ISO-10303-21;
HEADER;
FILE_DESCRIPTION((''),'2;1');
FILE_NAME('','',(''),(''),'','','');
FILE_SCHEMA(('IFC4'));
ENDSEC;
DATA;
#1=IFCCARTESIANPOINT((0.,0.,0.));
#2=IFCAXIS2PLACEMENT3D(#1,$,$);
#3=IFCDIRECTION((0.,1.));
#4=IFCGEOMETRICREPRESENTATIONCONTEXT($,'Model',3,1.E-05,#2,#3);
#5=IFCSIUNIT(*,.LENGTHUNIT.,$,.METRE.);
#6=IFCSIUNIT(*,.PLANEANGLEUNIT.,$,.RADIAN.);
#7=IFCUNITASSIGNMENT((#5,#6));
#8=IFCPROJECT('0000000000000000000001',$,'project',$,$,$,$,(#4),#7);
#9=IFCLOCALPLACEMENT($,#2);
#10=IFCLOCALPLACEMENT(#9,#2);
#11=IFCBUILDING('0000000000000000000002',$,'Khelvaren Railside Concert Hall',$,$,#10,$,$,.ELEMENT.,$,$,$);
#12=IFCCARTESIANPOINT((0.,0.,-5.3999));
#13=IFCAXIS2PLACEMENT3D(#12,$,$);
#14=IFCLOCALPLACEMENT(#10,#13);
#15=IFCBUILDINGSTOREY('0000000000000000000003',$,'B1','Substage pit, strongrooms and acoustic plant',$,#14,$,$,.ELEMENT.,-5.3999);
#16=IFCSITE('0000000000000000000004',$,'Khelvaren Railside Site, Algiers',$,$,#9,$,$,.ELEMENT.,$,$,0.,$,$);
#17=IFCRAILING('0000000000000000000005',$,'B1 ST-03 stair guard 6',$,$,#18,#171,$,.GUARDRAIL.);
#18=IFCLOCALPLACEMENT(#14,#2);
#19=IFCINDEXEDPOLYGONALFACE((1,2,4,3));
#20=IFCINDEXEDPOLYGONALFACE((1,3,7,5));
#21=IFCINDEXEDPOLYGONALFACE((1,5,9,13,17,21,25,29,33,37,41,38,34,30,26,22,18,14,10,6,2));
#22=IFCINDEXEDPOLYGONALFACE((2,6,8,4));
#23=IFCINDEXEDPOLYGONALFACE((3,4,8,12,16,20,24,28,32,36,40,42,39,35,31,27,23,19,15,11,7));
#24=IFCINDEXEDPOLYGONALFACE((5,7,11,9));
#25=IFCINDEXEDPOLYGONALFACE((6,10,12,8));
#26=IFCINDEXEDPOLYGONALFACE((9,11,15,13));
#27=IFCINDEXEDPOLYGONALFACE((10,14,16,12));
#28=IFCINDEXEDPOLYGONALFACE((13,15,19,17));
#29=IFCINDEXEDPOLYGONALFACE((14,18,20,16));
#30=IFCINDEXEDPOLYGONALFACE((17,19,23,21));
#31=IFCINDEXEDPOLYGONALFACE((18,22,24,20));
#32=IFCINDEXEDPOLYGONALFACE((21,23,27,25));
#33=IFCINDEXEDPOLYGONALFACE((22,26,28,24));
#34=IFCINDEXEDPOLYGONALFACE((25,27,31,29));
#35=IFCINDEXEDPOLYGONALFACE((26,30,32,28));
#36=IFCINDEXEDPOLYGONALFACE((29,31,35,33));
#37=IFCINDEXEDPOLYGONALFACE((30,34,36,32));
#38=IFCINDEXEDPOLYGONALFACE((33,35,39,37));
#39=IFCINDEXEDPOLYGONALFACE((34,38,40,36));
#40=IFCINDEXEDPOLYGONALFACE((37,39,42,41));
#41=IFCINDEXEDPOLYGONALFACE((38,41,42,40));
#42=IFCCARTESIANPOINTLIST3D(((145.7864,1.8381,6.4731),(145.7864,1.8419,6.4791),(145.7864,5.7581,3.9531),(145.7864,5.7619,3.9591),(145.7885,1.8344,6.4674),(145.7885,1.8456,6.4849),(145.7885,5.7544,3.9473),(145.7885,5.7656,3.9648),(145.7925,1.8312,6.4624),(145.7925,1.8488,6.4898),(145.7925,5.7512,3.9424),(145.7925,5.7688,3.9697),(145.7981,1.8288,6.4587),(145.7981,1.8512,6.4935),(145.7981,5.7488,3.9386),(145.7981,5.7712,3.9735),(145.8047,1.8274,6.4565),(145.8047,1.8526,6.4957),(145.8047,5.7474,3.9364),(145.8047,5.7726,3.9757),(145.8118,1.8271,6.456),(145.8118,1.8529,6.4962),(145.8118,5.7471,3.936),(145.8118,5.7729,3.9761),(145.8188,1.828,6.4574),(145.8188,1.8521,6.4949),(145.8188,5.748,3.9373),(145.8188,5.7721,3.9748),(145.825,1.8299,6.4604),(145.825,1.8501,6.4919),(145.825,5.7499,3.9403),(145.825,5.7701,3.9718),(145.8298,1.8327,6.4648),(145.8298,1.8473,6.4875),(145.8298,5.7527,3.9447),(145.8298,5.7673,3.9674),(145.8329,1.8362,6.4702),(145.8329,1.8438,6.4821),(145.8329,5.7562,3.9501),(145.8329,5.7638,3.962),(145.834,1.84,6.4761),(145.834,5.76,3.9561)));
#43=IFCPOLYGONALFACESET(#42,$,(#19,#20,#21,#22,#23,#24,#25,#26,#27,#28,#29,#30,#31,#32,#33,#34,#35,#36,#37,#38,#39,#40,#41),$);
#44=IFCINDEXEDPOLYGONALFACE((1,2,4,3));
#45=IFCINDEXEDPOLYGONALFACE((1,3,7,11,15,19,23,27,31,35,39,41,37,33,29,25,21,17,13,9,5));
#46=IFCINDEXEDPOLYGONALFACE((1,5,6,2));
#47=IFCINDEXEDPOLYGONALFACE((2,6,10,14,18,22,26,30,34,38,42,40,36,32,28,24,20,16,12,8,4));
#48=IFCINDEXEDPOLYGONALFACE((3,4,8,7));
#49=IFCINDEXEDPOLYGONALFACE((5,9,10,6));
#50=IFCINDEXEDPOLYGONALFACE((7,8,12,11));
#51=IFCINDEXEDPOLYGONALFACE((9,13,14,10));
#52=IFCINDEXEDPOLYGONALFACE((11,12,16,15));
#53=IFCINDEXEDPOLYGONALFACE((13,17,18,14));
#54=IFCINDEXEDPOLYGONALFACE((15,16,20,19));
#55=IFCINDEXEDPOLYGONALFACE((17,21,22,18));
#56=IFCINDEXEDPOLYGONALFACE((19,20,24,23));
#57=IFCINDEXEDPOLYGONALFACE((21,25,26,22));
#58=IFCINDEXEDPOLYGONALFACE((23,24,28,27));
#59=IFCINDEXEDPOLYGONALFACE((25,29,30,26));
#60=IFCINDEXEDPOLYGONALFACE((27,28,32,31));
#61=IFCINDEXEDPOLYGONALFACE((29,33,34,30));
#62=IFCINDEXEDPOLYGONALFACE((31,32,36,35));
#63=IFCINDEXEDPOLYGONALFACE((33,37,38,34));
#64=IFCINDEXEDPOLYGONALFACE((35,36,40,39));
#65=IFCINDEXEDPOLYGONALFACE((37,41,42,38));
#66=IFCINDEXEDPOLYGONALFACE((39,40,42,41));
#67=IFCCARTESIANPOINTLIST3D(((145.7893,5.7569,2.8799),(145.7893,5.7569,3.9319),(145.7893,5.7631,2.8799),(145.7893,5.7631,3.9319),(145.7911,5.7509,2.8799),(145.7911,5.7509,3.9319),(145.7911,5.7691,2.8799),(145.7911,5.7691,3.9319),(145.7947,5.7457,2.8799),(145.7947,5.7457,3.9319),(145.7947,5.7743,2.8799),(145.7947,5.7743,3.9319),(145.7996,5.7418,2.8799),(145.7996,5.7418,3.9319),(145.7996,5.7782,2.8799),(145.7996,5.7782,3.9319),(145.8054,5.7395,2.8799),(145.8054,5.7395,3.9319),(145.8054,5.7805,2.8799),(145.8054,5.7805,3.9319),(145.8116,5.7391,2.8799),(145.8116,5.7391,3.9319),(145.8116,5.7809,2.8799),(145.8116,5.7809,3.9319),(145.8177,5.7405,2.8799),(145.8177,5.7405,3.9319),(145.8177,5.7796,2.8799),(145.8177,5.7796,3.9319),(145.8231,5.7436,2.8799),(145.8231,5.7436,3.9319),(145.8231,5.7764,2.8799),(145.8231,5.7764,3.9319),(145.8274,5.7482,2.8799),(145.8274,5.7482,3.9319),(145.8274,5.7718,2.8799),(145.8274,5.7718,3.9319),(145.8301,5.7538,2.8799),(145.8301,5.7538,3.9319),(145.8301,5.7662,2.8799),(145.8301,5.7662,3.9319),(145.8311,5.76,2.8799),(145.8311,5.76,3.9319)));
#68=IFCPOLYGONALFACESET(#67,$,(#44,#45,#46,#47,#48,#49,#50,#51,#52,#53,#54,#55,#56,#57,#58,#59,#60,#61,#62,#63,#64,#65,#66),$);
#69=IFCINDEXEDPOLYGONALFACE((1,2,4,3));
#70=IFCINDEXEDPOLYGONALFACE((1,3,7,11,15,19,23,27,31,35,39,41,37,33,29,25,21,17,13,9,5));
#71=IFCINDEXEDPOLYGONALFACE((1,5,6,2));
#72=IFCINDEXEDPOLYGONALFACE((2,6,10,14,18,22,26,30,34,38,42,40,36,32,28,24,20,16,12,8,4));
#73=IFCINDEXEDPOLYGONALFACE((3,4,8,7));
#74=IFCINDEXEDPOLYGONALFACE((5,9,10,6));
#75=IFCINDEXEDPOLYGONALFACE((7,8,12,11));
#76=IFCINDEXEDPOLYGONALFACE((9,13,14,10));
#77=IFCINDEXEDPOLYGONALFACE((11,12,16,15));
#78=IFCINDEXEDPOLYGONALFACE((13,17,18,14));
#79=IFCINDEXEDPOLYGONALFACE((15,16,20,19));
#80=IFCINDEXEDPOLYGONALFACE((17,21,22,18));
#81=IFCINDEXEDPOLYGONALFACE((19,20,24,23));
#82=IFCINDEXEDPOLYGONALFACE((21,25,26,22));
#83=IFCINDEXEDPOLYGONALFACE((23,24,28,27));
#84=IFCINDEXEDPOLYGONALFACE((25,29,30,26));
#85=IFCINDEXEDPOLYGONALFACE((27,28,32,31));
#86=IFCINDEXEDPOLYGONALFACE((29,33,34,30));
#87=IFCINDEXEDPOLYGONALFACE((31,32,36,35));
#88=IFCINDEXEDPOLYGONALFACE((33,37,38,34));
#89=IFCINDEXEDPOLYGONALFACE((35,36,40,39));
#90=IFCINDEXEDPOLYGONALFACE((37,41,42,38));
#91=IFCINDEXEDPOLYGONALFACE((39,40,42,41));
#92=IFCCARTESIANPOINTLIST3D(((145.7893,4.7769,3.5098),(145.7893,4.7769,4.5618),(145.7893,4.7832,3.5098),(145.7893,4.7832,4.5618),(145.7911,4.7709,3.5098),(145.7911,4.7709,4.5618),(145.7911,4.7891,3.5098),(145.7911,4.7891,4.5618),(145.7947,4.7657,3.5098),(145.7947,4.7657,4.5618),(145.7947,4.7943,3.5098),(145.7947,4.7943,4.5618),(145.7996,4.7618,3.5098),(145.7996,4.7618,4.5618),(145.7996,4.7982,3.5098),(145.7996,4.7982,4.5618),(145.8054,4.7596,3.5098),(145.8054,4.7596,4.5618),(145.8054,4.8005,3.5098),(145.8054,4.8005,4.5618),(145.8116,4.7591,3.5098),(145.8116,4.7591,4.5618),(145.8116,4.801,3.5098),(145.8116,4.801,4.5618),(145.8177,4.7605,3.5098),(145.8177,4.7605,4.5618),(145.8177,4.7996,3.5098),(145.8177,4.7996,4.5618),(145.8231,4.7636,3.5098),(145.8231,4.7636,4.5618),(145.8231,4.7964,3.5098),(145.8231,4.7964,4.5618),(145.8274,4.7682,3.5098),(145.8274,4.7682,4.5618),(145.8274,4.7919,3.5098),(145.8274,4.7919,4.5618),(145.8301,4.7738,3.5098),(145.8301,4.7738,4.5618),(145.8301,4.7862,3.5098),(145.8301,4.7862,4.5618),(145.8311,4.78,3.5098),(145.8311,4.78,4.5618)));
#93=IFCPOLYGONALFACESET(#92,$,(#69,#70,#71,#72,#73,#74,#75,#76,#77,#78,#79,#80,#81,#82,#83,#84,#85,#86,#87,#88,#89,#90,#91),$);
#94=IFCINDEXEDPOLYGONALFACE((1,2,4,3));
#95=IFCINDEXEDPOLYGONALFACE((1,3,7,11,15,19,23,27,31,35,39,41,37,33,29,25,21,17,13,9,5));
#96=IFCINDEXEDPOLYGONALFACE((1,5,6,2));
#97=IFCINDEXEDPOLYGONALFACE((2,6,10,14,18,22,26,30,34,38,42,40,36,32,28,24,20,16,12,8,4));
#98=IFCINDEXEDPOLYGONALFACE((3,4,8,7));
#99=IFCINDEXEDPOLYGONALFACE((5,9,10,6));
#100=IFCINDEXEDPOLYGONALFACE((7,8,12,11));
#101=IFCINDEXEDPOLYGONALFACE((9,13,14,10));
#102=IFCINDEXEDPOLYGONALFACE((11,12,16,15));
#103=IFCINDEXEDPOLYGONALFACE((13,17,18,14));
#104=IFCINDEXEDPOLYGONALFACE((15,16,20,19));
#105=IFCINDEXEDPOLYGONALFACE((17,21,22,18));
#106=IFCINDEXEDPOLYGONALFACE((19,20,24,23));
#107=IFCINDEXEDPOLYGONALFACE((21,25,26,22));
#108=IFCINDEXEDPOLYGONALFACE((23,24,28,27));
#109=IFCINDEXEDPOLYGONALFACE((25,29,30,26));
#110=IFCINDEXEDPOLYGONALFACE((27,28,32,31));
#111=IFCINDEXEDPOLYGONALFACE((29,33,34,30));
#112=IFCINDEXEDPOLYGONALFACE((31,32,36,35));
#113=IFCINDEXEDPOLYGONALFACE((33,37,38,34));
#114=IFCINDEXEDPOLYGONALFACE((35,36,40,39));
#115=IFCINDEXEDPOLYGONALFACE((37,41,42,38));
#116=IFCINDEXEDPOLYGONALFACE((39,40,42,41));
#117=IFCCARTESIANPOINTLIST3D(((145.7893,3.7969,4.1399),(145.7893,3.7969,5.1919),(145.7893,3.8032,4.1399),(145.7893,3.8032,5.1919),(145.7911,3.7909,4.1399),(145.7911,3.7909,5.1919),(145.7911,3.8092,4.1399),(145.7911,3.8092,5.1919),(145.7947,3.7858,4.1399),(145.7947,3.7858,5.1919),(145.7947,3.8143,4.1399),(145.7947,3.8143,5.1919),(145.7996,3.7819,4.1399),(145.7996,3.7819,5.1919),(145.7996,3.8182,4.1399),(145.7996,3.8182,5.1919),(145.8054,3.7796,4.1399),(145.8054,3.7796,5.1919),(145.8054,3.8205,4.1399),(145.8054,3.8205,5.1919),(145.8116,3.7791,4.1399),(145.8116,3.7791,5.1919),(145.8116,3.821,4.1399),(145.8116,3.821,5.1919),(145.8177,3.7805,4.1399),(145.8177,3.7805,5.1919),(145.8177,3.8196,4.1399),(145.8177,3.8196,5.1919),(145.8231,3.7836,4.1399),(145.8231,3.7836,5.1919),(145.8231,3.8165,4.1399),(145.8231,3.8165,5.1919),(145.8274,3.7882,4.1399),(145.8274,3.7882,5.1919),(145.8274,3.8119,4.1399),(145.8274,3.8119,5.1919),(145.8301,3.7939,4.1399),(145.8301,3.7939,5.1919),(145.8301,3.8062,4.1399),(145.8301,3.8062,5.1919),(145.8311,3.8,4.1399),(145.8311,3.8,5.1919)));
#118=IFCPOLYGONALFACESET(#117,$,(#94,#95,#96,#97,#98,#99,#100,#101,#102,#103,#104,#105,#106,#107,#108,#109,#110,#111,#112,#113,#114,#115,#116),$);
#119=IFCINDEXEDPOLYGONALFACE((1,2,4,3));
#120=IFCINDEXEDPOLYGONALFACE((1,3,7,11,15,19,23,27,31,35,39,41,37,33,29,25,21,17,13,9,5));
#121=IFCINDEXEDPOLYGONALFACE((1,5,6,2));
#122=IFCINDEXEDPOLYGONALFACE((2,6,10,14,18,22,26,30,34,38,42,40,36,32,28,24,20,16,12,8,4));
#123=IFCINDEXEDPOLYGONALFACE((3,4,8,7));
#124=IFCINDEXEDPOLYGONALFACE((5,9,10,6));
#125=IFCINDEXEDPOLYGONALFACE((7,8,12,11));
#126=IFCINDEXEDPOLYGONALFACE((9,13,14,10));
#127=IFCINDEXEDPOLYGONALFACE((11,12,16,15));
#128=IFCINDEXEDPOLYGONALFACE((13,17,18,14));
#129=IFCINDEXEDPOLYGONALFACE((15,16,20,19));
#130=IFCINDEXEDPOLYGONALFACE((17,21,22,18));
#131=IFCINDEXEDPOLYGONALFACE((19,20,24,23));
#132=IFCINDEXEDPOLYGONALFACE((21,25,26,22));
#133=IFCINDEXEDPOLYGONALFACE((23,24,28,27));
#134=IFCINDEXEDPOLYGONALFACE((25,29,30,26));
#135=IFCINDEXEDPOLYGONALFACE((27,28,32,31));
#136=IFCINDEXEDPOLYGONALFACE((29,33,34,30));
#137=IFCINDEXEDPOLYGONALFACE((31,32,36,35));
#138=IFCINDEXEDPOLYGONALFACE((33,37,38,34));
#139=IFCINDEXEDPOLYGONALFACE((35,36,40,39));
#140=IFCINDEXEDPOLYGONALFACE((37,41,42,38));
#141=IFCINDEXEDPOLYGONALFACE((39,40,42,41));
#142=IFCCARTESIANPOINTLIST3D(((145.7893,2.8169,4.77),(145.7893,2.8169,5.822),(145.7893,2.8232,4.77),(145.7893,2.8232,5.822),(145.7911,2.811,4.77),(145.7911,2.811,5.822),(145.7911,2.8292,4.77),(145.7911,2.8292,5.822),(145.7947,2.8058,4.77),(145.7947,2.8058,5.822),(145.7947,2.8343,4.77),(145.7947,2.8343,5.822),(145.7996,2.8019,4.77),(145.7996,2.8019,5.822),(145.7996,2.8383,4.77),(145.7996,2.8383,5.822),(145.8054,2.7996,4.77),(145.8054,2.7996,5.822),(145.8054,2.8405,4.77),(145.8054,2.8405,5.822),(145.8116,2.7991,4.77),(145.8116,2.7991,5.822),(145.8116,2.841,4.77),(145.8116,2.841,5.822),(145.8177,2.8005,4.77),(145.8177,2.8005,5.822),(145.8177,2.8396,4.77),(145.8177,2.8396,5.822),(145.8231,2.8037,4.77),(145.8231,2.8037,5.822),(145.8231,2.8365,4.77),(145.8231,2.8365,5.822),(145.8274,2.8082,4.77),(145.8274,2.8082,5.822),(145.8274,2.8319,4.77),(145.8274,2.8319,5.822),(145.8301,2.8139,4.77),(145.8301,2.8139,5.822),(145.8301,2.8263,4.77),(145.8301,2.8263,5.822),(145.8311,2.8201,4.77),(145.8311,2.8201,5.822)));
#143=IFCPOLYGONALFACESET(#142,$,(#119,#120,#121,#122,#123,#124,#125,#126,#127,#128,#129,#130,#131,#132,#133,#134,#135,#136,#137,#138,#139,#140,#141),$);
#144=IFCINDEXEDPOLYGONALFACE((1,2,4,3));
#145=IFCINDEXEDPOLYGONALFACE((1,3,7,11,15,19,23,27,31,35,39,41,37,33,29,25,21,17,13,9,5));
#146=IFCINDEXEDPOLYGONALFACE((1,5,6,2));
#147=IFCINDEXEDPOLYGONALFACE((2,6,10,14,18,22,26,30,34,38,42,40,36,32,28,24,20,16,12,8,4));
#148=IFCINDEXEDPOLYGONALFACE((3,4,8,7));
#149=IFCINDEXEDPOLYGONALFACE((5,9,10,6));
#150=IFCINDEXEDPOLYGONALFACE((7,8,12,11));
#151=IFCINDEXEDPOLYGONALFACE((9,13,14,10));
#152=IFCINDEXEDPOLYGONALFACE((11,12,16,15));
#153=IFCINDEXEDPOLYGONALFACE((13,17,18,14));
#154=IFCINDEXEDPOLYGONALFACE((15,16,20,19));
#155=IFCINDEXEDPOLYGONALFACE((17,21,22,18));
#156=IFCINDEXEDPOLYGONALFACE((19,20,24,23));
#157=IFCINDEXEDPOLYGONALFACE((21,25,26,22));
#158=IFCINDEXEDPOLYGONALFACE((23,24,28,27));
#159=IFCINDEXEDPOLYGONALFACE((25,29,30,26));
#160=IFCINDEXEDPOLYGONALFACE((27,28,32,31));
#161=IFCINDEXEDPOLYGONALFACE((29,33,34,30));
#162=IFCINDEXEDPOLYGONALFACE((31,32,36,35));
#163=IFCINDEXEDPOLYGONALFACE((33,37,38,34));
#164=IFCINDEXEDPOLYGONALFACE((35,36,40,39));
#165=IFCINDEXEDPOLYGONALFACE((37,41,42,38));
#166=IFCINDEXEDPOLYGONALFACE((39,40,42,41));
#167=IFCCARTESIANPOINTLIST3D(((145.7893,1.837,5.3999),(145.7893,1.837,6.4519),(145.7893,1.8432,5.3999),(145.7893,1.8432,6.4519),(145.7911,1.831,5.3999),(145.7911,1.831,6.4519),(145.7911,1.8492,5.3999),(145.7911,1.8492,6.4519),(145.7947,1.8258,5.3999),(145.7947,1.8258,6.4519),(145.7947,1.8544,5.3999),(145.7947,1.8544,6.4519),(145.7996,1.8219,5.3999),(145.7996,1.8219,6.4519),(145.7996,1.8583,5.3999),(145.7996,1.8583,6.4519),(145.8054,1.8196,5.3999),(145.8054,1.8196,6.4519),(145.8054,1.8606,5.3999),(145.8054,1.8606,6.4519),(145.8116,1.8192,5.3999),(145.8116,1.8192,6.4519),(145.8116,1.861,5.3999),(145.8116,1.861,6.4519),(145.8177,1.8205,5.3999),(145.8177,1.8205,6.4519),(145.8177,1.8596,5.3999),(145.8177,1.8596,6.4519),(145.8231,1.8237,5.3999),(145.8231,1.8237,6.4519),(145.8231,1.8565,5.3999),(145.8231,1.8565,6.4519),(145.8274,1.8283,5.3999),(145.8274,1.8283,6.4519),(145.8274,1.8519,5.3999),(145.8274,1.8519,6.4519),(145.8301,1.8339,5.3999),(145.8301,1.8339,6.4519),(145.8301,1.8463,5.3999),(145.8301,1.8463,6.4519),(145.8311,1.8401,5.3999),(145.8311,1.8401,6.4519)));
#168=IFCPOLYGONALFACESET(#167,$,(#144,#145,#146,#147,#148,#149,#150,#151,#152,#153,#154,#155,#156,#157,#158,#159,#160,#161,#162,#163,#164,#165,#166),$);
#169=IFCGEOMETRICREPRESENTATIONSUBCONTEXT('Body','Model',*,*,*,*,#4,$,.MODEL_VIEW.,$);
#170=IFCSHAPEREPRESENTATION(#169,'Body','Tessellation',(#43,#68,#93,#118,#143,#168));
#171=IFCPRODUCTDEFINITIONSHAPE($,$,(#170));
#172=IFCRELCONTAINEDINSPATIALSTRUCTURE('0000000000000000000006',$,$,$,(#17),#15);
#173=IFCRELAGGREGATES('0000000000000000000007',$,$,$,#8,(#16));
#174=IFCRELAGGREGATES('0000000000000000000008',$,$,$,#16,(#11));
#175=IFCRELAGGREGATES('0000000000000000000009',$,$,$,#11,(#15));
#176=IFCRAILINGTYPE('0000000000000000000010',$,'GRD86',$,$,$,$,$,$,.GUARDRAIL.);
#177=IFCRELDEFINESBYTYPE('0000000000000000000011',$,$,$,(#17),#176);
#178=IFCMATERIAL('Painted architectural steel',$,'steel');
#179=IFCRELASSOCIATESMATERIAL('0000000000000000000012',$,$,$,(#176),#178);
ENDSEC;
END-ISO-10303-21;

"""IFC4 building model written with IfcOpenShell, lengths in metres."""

from ifc_helpers import new_model, si_unit, direction, frame, origin, origin_2d, place, context, subcontext, project, spatial, circle, extrude, material, type_object, element, save


model = new_model("IFC4")

# Units and contexts
model_context = context("Model", 3, precision=1e-05, world=origin(), true_north=direction((0.0, 1.0)))
body_context = subcontext(model_context, "Body", "Model", "MODEL_VIEW")
ifc_project = project(units=[si_unit("LENGTHUNIT", "METRE"), si_unit("PLANEANGLEUNIT", "RADIAN")], contexts=[model_context])

# Site, building, storey
site_placement = place(None, origin())
site = spatial("IfcSite", under=ifc_project, at=site_placement, Name="Khelvaren Railside Site, Algiers", CompositionType="ELEMENT", RefElevation=0.0)
building_placement = place(site_placement, origin())
building = spatial("IfcBuilding", under=site, at=building_placement, Name="Khelvaren Railside Concert Hall", CompositionType="ELEMENT")
storey_placement = place(building_placement, frame((0.0, 0.0, -5.3999)))
storey = spatial("IfcBuildingStorey", under=building, at=storey_placement, Name="B1", Description="Substage pit, strongrooms and acoustic plant", CompositionType="ELEMENT", Elevation=-5.3999)

# Railing
ifc_material_1 = material(Name="Painted architectural steel", Category="steel")
railing_type_1 = type_object("IfcRailingType", Name="GRD86", PredefinedType="GUARDRAIL", material=ifc_material_1)
railing_1_placement = place(storey_placement, frame((145.8101, 5.76, 2.8799)))
element("IfcRailing", 1, at=railing_1_placement, inside=storey, type_object=railing_type_1, Name="B1 ST-03 stair guard 6", PredefinedType="GUARDRAIL", context=body_context, shape_type="SweptSolid", body=[
    extrude(circle(Radius=0.0239, at=origin_2d()), frame((0.0, 0.0, 1.0762), z_axis=(0.0, -0.841172, 0.540768), x_axis=(1.0, 0.0, 0.0)), (0.0, 0.0, 1.0), 4.6602),
    extrude(circle(Radius=0.021, at=origin_2d()), origin(), (0.0, 0.0, 1.0), 1.052),
    extrude(circle(Radius=0.021, at=origin_2d()), frame((0.0, -0.98, 0.6299)), (0.0, 0.0, 1.0), 1.052),
    extrude(circle(Radius=0.021, at=origin_2d()), frame((0.0, -1.96, 1.26)), (0.0, 0.0, 1.0), 1.052),
    extrude(circle(Radius=0.021, at=origin_2d()), frame((0.0, -2.9399, 1.8901)), (0.0, 0.0, 1.0), 1.052),
    extrude(circle(Radius=0.021, at=origin_2d()), frame((0.0, -3.9199, 2.52)), (0.0, 0.0, 1.0), 1.052),
])

save(model, "model.ifc")
